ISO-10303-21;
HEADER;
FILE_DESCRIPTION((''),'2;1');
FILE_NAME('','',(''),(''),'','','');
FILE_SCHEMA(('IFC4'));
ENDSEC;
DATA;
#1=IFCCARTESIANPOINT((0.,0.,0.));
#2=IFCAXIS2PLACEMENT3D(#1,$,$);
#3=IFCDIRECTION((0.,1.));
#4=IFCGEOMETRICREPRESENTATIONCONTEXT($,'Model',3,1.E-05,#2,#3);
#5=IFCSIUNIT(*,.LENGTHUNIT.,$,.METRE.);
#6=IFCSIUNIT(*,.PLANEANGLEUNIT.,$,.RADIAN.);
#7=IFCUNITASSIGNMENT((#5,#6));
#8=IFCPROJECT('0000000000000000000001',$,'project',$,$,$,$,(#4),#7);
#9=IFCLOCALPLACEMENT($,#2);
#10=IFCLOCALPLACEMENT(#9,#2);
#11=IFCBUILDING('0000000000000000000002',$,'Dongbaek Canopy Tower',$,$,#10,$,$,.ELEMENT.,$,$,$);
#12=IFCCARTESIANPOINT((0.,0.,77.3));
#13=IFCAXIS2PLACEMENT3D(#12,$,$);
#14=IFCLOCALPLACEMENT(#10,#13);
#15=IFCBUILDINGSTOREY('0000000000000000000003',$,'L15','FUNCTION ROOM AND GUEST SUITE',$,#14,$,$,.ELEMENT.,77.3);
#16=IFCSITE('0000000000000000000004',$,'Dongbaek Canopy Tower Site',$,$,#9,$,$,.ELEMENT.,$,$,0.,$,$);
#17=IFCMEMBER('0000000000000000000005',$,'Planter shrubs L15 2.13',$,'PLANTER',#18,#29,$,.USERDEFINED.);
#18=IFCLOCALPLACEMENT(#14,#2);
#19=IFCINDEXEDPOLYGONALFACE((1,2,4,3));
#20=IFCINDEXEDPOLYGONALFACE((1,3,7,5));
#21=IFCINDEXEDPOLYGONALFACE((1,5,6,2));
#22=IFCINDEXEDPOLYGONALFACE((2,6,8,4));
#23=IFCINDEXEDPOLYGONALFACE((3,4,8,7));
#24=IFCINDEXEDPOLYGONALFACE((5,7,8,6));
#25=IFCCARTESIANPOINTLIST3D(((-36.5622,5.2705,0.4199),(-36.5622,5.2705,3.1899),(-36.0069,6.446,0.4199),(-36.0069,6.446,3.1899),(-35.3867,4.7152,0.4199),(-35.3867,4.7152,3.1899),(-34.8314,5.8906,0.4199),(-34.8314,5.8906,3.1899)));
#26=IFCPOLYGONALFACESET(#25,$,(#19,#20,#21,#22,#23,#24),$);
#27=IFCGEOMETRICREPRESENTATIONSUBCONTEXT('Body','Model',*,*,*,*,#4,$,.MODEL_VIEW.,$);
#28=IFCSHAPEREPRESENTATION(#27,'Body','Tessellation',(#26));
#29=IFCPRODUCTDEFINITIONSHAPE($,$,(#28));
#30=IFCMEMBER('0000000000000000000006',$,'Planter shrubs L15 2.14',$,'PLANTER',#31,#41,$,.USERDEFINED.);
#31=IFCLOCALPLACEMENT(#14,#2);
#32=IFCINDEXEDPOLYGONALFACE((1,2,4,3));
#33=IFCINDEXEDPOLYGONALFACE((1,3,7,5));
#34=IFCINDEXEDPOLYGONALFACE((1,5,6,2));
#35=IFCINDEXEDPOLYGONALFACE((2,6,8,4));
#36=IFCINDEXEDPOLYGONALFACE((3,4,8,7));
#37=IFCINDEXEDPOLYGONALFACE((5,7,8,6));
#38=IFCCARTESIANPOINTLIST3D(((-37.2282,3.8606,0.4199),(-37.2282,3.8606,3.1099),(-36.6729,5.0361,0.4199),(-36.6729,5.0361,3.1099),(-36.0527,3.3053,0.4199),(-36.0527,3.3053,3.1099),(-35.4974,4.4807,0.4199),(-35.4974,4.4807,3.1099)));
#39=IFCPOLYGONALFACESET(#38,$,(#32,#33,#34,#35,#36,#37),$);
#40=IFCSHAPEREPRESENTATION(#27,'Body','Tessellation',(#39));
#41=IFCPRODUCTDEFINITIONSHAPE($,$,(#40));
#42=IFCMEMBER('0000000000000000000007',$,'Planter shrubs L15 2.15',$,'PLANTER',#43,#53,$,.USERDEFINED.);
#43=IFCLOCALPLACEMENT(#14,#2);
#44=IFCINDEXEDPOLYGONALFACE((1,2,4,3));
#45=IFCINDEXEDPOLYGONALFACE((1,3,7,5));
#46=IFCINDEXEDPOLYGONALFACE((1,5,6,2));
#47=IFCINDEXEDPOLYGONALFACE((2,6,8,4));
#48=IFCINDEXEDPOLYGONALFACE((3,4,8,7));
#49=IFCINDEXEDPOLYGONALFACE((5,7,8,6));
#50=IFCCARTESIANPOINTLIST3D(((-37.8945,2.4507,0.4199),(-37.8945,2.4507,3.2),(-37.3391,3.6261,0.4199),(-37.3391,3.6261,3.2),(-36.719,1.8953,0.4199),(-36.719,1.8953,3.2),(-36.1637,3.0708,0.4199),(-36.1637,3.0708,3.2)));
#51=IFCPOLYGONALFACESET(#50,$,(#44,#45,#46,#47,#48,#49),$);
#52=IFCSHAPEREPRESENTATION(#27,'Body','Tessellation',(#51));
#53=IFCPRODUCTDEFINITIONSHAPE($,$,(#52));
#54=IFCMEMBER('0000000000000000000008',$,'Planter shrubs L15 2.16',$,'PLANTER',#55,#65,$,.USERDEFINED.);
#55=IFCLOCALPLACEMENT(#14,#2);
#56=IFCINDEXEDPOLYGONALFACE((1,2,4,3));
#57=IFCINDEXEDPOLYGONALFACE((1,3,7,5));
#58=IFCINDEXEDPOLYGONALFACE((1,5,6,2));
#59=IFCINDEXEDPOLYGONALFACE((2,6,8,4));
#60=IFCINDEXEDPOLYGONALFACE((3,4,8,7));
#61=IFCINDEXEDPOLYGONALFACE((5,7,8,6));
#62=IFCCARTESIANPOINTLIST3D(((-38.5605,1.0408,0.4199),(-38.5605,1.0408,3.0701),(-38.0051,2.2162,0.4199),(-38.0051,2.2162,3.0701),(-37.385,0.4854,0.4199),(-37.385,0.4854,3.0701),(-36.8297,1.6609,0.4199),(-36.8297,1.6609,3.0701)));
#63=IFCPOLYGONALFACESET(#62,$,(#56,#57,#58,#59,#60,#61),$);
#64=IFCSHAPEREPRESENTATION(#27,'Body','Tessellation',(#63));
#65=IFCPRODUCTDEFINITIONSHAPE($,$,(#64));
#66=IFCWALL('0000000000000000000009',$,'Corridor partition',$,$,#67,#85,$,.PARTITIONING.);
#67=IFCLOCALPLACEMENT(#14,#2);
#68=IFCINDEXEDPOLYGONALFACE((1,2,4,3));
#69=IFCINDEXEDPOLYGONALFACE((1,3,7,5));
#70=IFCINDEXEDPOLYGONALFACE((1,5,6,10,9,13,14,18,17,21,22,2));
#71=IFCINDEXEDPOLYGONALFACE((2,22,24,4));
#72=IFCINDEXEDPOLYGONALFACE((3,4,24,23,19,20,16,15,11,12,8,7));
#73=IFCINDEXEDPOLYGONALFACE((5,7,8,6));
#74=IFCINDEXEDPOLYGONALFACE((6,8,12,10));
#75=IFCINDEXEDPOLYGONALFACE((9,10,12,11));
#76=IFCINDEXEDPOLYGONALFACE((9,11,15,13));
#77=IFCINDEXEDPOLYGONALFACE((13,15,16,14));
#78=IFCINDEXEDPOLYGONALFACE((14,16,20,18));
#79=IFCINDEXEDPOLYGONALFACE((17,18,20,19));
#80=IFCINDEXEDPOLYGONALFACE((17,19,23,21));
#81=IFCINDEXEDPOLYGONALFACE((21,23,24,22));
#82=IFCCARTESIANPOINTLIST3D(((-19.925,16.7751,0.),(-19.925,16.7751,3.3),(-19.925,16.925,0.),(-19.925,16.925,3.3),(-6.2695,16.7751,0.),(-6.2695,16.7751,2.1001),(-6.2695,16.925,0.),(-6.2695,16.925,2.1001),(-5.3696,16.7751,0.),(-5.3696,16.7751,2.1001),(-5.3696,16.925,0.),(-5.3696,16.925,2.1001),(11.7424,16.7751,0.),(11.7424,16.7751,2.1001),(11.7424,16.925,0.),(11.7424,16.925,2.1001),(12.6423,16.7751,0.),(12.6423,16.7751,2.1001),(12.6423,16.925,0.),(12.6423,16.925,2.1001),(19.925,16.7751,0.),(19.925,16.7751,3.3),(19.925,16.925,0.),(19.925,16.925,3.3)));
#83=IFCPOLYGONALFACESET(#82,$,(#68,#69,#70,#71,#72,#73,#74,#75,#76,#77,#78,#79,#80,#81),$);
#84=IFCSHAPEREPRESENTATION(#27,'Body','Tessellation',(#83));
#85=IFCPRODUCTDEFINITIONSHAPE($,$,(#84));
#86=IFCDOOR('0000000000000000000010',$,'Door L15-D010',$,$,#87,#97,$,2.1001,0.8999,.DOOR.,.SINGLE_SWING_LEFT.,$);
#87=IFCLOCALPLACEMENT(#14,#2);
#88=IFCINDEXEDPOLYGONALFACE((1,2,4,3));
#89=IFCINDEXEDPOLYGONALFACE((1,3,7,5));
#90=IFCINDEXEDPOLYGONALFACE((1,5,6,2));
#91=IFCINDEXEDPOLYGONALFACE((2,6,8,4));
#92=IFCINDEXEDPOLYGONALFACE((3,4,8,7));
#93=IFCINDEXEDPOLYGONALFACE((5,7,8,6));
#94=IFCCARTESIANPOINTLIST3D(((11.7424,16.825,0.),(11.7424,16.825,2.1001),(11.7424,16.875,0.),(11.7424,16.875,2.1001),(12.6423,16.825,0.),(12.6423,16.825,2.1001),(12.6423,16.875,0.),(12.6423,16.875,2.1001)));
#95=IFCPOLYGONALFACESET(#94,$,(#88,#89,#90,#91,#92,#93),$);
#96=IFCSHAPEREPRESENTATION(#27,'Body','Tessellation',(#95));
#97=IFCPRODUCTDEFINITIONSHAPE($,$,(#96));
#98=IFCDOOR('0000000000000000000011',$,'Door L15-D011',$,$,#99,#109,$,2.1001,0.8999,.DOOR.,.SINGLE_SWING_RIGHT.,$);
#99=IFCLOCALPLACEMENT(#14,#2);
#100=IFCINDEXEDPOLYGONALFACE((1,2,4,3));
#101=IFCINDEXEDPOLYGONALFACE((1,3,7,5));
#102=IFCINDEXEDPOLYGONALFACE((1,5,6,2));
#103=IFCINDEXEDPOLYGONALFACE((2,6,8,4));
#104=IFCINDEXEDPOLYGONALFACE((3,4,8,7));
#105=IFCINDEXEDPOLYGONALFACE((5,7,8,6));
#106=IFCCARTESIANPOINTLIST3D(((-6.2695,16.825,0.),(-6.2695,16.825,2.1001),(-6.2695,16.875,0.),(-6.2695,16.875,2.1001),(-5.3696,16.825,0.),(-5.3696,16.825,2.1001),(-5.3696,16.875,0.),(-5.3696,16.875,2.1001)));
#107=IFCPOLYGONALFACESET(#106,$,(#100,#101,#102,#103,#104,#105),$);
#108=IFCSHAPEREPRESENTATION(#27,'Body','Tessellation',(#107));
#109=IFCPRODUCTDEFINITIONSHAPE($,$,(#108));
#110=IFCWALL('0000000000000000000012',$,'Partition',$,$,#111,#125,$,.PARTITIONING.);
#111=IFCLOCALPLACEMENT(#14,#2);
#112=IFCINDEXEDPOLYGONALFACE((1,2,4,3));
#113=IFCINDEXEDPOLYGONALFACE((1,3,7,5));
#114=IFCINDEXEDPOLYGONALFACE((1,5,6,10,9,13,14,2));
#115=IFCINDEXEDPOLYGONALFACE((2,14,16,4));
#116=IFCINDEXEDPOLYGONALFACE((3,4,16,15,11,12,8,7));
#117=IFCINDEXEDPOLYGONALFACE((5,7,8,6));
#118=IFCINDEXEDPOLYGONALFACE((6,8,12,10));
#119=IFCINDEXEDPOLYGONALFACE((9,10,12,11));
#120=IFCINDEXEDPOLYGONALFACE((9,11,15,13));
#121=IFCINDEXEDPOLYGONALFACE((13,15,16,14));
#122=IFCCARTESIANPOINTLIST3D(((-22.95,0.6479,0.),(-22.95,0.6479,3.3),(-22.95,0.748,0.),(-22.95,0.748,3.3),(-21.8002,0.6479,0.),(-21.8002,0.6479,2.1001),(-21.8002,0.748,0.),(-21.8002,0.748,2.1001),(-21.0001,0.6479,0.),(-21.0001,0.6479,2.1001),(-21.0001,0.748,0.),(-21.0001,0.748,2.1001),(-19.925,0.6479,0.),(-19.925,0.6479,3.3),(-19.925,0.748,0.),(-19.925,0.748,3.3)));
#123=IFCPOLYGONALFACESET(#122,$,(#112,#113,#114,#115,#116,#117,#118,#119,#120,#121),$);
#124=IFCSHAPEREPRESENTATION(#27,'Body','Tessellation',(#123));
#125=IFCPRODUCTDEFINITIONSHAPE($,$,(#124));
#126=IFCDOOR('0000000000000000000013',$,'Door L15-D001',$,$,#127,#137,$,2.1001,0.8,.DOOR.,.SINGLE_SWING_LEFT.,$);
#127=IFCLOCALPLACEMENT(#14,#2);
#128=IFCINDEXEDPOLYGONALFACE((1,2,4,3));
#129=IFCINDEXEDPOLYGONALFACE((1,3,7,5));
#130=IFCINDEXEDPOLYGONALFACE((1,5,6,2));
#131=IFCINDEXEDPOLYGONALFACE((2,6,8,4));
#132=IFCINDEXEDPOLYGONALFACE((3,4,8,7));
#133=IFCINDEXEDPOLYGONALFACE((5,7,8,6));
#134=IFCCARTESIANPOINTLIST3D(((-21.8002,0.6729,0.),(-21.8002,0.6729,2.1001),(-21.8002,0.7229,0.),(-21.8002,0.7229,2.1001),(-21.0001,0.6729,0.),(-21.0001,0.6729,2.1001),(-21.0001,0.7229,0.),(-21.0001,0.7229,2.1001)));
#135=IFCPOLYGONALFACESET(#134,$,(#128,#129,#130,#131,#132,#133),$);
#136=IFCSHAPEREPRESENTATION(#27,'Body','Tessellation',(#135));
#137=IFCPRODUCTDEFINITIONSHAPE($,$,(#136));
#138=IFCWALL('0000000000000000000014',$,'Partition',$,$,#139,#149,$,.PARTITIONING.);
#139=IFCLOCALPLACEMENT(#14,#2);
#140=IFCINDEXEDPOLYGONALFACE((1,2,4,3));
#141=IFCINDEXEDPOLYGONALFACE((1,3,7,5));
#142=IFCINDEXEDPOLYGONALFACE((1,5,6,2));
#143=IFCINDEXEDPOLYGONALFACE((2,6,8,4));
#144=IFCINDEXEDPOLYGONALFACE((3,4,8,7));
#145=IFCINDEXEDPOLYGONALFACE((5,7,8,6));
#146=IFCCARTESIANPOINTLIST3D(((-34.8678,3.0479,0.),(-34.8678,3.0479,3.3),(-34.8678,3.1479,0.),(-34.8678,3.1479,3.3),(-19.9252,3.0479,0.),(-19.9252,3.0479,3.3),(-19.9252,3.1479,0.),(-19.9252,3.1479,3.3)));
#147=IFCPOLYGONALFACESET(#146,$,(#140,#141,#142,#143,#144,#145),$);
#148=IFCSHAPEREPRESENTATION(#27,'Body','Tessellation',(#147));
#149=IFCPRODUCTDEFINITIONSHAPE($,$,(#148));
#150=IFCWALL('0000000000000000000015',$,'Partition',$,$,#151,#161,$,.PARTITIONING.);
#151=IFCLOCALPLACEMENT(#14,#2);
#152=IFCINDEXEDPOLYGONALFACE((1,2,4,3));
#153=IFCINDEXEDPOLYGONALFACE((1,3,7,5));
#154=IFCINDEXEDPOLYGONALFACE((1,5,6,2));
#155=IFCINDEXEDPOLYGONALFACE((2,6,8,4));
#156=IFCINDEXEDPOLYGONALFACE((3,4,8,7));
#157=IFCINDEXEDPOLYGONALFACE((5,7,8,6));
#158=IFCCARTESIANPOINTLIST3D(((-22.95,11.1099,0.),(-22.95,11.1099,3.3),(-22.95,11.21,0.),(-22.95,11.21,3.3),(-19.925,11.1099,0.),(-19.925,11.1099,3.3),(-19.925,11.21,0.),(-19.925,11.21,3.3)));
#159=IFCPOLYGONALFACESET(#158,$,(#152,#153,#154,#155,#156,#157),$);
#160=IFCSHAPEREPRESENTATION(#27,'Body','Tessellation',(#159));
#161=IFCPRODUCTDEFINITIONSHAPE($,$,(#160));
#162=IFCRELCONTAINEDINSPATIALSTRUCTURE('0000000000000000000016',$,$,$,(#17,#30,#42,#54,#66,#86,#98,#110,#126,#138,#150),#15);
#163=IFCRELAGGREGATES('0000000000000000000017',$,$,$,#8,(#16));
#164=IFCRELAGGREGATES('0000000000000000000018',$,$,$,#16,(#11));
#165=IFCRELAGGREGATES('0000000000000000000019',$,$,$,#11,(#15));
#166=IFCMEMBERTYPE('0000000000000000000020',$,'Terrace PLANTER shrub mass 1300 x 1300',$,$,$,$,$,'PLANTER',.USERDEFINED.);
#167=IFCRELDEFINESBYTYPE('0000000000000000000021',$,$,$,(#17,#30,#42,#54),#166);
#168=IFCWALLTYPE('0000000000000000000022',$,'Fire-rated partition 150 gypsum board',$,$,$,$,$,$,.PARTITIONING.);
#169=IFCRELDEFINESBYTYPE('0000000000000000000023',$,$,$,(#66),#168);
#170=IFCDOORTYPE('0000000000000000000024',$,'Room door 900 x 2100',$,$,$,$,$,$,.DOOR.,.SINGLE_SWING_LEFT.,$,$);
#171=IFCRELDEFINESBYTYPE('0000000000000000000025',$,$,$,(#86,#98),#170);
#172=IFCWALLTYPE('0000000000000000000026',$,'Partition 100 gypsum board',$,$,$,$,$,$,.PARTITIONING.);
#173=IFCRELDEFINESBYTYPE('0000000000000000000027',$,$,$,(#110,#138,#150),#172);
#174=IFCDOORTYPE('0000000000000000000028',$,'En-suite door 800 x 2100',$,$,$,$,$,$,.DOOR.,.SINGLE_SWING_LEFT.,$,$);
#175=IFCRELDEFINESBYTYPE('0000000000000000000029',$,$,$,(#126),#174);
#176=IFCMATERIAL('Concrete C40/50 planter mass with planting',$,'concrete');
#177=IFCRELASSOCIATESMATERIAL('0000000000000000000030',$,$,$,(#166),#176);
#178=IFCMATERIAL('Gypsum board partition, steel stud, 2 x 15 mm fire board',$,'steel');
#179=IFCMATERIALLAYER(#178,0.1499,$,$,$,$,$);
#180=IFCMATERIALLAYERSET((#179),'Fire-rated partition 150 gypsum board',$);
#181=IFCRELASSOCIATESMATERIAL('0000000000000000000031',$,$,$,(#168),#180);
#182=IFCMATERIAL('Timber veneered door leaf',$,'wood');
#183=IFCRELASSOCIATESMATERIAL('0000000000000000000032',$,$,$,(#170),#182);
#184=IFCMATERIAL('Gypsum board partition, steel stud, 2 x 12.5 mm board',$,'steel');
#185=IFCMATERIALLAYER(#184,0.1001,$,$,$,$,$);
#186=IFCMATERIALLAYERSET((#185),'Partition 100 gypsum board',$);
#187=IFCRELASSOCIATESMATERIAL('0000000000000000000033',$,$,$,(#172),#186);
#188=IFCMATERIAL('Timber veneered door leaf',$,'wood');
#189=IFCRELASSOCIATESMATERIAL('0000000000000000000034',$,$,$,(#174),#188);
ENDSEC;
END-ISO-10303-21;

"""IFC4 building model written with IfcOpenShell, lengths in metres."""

from ifc_helpers import new_model, si_unit, direction, frame, frame_2d, origin, origin_2d, place, context, subcontext, project, spatial, rectangle, extrude, material, layer, layer_set, material_profile, profile_set, type_object, element, fill, save


model = new_model("IFC4")

# Units and contexts
model_context = context("Model", 3, precision=1e-05, world=origin(), true_north=direction((0.0, 1.0)))
body_context = subcontext(model_context, "Body", "Model", "MODEL_VIEW")
ifc_project = project(units=[si_unit("LENGTHUNIT", "METRE"), si_unit("PLANEANGLEUNIT", "RADIAN")], contexts=[model_context])

# Site, building, storey
site_placement = place(None, origin())
site = spatial("IfcSite", under=ifc_project, at=site_placement, Name="Dongbaek Canopy Tower Site", CompositionType="ELEMENT", RefElevation=0.0)
building_placement = place(site_placement, origin())
building = spatial("IfcBuilding", under=site, at=building_placement, Name="Dongbaek Canopy Tower", CompositionType="ELEMENT")
storey_placement = place(building_placement, frame((0.0, 0.0, 77.3)))
storey = spatial("IfcBuildingStorey", under=building, at=storey_placement, Name="L15", Description="FUNCTION ROOM AND GUEST SUITE", CompositionType="ELEMENT", Elevation=77.3)

# Members
ifc_material_1 = material(Name="Concrete C40/50 planter mass with planting", Category="concrete")
ifc_material_profile_1 = material_profile(ifc_material_1, rectangle(XDim=1.3, YDim=1.3, at=origin_2d()), Name="Terrace PLANTER shrub mass 1300 x 1300")
ifc_profile_set_1 = profile_set([ifc_material_profile_1], Name="Concrete C40/50 planter mass with planting")
member_type = type_object("IfcMemberType", Name="Terrace PLANTER shrub mass 1300 x 1300", ElementType="PLANTER", PredefinedType="USERDEFINED", material=ifc_profile_set_1)
member_1_placement = place(storey_placement, frame((-35.6968, 5.5806, 0.4199), z_axis=(0.0, 0.0, 1.0), x_axis=(-0.904177, 0.427157, 0.0)))
element("IfcMember", 1, at=member_1_placement, inside=storey, type_object=member_type, Name="Planter shrubs L15 2.13", ObjectType="PLANTER", PredefinedType="USERDEFINED", context=body_context, shape_type="SweptSolid", body=[
    extrude(rectangle(XDim=1.3, YDim=1.3, at=origin_2d()), origin(), (0.0, 0.0, 1.0), 2.77),
])
member_2_placement = place(storey_placement, frame((-36.3628, 4.1707, 0.4199), z_axis=(0.0, 0.0, 1.0), x_axis=(-0.904177, 0.427157, 0.0)))
element("IfcMember", 2, at=member_2_placement, inside=storey, type_object=member_type, Name="Planter shrubs L15 2.14", ObjectType="PLANTER", PredefinedType="USERDEFINED", context=body_context, shape_type="SweptSolid", body=[
    extrude(rectangle(XDim=1.3, YDim=1.3, at=origin_2d()), origin(), (0.0, 0.0, 1.0), 2.6899),
])
member_3_placement = place(storey_placement, frame((-37.0291, 2.7607, 0.4199), z_axis=(0.0, 0.0, 1.0), x_axis=(-0.904177, 0.427157, 0.0)))
element("IfcMember", 3, at=member_3_placement, inside=storey, type_object=member_type, Name="Planter shrubs L15 2.15", ObjectType="PLANTER", PredefinedType="USERDEFINED", context=body_context, shape_type="SweptSolid", body=[
    extrude(rectangle(XDim=1.3, YDim=1.3, at=origin_2d()), origin(), (0.0, 0.0, 1.0), 2.78),
])
member_4_placement = place(storey_placement, frame((-37.6951, 1.3508, 0.4199), z_axis=(0.0, 0.0, 1.0), x_axis=(-0.904177, 0.427157, 0.0)))
element("IfcMember", 4, at=member_4_placement, inside=storey, type_object=member_type, Name="Planter shrubs L15 2.16", ObjectType="PLANTER", PredefinedType="USERDEFINED", context=body_context, shape_type="SweptSolid", body=[
    extrude(rectangle(XDim=1.3, YDim=1.3, at=origin_2d()), origin(), (0.0, 0.0, 1.0), 2.6501),
])

# Wall, openings, doors
ifc_material_2 = material(Name="Gypsum board partition, steel stud, 2 x 15 mm fire board", Category="steel")
ifc_layer_1 = layer(ifc_material_2, 0.1499)
ifc_layer_set_1 = layer_set([ifc_layer_1], Name="Fire-rated partition 150 gypsum board")
wall_type_1 = type_object("IfcWallType", Name="Fire-rated partition 150 gypsum board", PredefinedType="PARTITIONING", material=ifc_layer_set_1)
wall_1_placement = place(storey_placement, frame((-19.925, 16.8501, 0.0), z_axis=(0.0, 0.0, 1.0), x_axis=(1.0, 0.0, 0.0)))
wall_1 = element("IfcWall", 5, at=wall_1_placement, inside=storey, type_object=wall_type_1, Name="Corridor partition", PredefinedType="PARTITIONING", context=body_context, shape_type="SweptSolid", body=[
    extrude(rectangle(XDim=39.8501, YDim=0.1499, at=frame_2d((19.925, 0.0))), origin(), (0.0, 0.0, 1.0), 3.3),
])
opening_1_placement = place(wall_1_placement, frame((31.6675, 0.0, 0.0)))
opening_1 = element("IfcOpeningElement", 6, at=opening_1_placement, cuts=wall_1, PredefinedType="OPENING", context=body_context, shape_type="SweptSolid", body=[
    extrude(rectangle(XDim=0.8999, YDim=2.1001, at=frame_2d((0.45, 1.05))), frame((0.0, 0.085, 0.0), z_axis=(0.0, -1.0, 0.0), x_axis=(1.0, 0.0, 0.0)), (0.0, 0.0, 1.0), 0.1699),
])
opening_2_placement = place(wall_1_placement, frame((13.6555, 0.0, 0.0)))
opening_2 = element("IfcOpeningElement", 7, at=opening_2_placement, cuts=wall_1, PredefinedType="OPENING", context=body_context, shape_type="SweptSolid", body=[
    extrude(rectangle(XDim=0.8999, YDim=2.1001, at=frame_2d((0.45, 1.05))), frame((0.0, 0.085, 0.0), z_axis=(0.0, -1.0, 0.0), x_axis=(1.0, 0.0, 0.0)), (0.0, 0.0, 1.0), 0.1699),
])
ifc_material_3 = material(Name="Timber veneered door leaf", Category="wood")
door_type_1 = type_object("IfcDoorType", Name="Room door 900 x 2100", OperationType="SINGLE_SWING_LEFT", PredefinedType="DOOR", material=ifc_material_3)
door_1_placement = place(opening_1_placement, origin())
door_1 = element("IfcDoor", 8, at=door_1_placement, inside=storey, type_object=door_type_1, Name="Door L15-D010", OperationType="SINGLE_SWING_LEFT", OverallHeight=2.1001, OverallWidth=0.8999, PredefinedType="DOOR", context=body_context, shape_type="SweptSolid", body=[
    extrude(rectangle(XDim=0.8999, YDim=2.1001, at=frame_2d((0.45, 1.05))), frame((0.0, 0.0249, 0.0), z_axis=(0.0, -1.0, 0.0), x_axis=(1.0, 0.0, 0.0)), (0.0, 0.0, 1.0), 0.05),
])
fill(opening_1, door_1)
door_2_placement = place(opening_2_placement, origin())
door_2 = element("IfcDoor", 9, at=door_2_placement, inside=storey, type_object=door_type_1, Name="Door L15-D011", OperationType="SINGLE_SWING_RIGHT", OverallHeight=2.1001, OverallWidth=0.8999, PredefinedType="DOOR", context=body_context, shape_type="SweptSolid", body=[
    extrude(rectangle(XDim=0.8999, YDim=2.1001, at=frame_2d((0.45, 1.05))), frame((0.0, 0.0249, 0.0), z_axis=(0.0, -1.0, 0.0), x_axis=(1.0, 0.0, 0.0)), (0.0, 0.0, 1.0), 0.05),
])
fill(opening_2, door_2)

# Wall, opening, door
ifc_material_4 = material(Name="Gypsum board partition, steel stud, 2 x 12.5 mm board", Category="steel")
ifc_layer_2 = layer(ifc_material_4, 0.1001)
ifc_layer_set_2 = layer_set([ifc_layer_2], Name="Partition 100 gypsum board")
wall_type_2 = type_object("IfcWallType", Name="Partition 100 gypsum board", PredefinedType="PARTITIONING", material=ifc_layer_set_2)
wall_2_placement = place(storey_placement, frame((-22.95, 0.698, 0.0), z_axis=(0.0, 0.0, 1.0), x_axis=(1.0, 0.0, 0.0)))
wall_2 = element("IfcWall", 10, at=wall_2_placement, inside=storey, type_object=wall_type_2, Name="Partition", PredefinedType="PARTITIONING", context=body_context, shape_type="SweptSolid", body=[
    extrude(rectangle(XDim=3.0249, YDim=0.1001, at=frame_2d((1.5125, 0.0))), origin(), (0.0, 0.0, 1.0), 3.3),
])
opening_3_placement = place(wall_2_placement, frame((1.1499, 0.0, 0.0)))
opening_3 = element("IfcOpeningElement", 11, at=opening_3_placement, cuts=wall_2, PredefinedType="OPENING", context=body_context, shape_type="SweptSolid", body=[
    extrude(rectangle(XDim=0.8, YDim=2.1001, at=frame_2d((0.3999, 1.05))), frame((0.0, 0.0601, 0.0), z_axis=(0.0, -1.0, 0.0), x_axis=(1.0, 0.0, 0.0)), (0.0, 0.0, 1.0), 0.1201),
])
ifc_material_5 = material(Name="Timber veneered door leaf", Category="wood")
door_type_2 = type_object("IfcDoorType", Name="En-suite door 800 x 2100", OperationType="SINGLE_SWING_LEFT", PredefinedType="DOOR", material=ifc_material_5)
door_3_placement = place(opening_3_placement, origin())
door_3 = element("IfcDoor", 12, at=door_3_placement, inside=storey, type_object=door_type_2, Name="Door L15-D001", OperationType="SINGLE_SWING_LEFT", OverallHeight=2.1001, OverallWidth=0.8, PredefinedType="DOOR", context=body_context, shape_type="SweptSolid", body=[
    extrude(rectangle(XDim=0.8, YDim=2.1001, at=frame_2d((0.3999, 1.05))), frame((0.0, 0.0249, 0.0), z_axis=(0.0, -1.0, 0.0), x_axis=(1.0, 0.0, 0.0)), (0.0, 0.0, 1.0), 0.05),
])
fill(opening_3, door_3)

# Walls
wall_3_placement = place(storey_placement, frame((-34.8677, 3.0979, 0.0), z_axis=(0.0, 0.0, 1.0), x_axis=(1.0, 0.0, 0.0)))
element("IfcWall", 13, at=wall_3_placement, inside=storey, type_object=wall_type_2, Name="Partition", PredefinedType="PARTITIONING", context=body_context, shape_type="SweptSolid", body=[
    extrude(rectangle(XDim=14.9426, YDim=0.1001, at=frame_2d((7.4712, 0.0))), origin(), (0.0, 0.0, 1.0), 3.3),
])
wall_4_placement = place(storey_placement, frame((-22.95, 11.1599, 0.0), z_axis=(0.0, 0.0, 1.0), x_axis=(1.0, 0.0, 0.0)))
element("IfcWall", 14, at=wall_4_placement, inside=storey, type_object=wall_type_2, Name="Partition", PredefinedType="PARTITIONING", context=body_context, shape_type="SweptSolid", body=[
    extrude(rectangle(XDim=3.0249, YDim=0.1001, at=frame_2d((1.5125, 0.0))), origin(), (0.0, 0.0, 1.0), 3.3),
])

save(model, "model.ifc")
